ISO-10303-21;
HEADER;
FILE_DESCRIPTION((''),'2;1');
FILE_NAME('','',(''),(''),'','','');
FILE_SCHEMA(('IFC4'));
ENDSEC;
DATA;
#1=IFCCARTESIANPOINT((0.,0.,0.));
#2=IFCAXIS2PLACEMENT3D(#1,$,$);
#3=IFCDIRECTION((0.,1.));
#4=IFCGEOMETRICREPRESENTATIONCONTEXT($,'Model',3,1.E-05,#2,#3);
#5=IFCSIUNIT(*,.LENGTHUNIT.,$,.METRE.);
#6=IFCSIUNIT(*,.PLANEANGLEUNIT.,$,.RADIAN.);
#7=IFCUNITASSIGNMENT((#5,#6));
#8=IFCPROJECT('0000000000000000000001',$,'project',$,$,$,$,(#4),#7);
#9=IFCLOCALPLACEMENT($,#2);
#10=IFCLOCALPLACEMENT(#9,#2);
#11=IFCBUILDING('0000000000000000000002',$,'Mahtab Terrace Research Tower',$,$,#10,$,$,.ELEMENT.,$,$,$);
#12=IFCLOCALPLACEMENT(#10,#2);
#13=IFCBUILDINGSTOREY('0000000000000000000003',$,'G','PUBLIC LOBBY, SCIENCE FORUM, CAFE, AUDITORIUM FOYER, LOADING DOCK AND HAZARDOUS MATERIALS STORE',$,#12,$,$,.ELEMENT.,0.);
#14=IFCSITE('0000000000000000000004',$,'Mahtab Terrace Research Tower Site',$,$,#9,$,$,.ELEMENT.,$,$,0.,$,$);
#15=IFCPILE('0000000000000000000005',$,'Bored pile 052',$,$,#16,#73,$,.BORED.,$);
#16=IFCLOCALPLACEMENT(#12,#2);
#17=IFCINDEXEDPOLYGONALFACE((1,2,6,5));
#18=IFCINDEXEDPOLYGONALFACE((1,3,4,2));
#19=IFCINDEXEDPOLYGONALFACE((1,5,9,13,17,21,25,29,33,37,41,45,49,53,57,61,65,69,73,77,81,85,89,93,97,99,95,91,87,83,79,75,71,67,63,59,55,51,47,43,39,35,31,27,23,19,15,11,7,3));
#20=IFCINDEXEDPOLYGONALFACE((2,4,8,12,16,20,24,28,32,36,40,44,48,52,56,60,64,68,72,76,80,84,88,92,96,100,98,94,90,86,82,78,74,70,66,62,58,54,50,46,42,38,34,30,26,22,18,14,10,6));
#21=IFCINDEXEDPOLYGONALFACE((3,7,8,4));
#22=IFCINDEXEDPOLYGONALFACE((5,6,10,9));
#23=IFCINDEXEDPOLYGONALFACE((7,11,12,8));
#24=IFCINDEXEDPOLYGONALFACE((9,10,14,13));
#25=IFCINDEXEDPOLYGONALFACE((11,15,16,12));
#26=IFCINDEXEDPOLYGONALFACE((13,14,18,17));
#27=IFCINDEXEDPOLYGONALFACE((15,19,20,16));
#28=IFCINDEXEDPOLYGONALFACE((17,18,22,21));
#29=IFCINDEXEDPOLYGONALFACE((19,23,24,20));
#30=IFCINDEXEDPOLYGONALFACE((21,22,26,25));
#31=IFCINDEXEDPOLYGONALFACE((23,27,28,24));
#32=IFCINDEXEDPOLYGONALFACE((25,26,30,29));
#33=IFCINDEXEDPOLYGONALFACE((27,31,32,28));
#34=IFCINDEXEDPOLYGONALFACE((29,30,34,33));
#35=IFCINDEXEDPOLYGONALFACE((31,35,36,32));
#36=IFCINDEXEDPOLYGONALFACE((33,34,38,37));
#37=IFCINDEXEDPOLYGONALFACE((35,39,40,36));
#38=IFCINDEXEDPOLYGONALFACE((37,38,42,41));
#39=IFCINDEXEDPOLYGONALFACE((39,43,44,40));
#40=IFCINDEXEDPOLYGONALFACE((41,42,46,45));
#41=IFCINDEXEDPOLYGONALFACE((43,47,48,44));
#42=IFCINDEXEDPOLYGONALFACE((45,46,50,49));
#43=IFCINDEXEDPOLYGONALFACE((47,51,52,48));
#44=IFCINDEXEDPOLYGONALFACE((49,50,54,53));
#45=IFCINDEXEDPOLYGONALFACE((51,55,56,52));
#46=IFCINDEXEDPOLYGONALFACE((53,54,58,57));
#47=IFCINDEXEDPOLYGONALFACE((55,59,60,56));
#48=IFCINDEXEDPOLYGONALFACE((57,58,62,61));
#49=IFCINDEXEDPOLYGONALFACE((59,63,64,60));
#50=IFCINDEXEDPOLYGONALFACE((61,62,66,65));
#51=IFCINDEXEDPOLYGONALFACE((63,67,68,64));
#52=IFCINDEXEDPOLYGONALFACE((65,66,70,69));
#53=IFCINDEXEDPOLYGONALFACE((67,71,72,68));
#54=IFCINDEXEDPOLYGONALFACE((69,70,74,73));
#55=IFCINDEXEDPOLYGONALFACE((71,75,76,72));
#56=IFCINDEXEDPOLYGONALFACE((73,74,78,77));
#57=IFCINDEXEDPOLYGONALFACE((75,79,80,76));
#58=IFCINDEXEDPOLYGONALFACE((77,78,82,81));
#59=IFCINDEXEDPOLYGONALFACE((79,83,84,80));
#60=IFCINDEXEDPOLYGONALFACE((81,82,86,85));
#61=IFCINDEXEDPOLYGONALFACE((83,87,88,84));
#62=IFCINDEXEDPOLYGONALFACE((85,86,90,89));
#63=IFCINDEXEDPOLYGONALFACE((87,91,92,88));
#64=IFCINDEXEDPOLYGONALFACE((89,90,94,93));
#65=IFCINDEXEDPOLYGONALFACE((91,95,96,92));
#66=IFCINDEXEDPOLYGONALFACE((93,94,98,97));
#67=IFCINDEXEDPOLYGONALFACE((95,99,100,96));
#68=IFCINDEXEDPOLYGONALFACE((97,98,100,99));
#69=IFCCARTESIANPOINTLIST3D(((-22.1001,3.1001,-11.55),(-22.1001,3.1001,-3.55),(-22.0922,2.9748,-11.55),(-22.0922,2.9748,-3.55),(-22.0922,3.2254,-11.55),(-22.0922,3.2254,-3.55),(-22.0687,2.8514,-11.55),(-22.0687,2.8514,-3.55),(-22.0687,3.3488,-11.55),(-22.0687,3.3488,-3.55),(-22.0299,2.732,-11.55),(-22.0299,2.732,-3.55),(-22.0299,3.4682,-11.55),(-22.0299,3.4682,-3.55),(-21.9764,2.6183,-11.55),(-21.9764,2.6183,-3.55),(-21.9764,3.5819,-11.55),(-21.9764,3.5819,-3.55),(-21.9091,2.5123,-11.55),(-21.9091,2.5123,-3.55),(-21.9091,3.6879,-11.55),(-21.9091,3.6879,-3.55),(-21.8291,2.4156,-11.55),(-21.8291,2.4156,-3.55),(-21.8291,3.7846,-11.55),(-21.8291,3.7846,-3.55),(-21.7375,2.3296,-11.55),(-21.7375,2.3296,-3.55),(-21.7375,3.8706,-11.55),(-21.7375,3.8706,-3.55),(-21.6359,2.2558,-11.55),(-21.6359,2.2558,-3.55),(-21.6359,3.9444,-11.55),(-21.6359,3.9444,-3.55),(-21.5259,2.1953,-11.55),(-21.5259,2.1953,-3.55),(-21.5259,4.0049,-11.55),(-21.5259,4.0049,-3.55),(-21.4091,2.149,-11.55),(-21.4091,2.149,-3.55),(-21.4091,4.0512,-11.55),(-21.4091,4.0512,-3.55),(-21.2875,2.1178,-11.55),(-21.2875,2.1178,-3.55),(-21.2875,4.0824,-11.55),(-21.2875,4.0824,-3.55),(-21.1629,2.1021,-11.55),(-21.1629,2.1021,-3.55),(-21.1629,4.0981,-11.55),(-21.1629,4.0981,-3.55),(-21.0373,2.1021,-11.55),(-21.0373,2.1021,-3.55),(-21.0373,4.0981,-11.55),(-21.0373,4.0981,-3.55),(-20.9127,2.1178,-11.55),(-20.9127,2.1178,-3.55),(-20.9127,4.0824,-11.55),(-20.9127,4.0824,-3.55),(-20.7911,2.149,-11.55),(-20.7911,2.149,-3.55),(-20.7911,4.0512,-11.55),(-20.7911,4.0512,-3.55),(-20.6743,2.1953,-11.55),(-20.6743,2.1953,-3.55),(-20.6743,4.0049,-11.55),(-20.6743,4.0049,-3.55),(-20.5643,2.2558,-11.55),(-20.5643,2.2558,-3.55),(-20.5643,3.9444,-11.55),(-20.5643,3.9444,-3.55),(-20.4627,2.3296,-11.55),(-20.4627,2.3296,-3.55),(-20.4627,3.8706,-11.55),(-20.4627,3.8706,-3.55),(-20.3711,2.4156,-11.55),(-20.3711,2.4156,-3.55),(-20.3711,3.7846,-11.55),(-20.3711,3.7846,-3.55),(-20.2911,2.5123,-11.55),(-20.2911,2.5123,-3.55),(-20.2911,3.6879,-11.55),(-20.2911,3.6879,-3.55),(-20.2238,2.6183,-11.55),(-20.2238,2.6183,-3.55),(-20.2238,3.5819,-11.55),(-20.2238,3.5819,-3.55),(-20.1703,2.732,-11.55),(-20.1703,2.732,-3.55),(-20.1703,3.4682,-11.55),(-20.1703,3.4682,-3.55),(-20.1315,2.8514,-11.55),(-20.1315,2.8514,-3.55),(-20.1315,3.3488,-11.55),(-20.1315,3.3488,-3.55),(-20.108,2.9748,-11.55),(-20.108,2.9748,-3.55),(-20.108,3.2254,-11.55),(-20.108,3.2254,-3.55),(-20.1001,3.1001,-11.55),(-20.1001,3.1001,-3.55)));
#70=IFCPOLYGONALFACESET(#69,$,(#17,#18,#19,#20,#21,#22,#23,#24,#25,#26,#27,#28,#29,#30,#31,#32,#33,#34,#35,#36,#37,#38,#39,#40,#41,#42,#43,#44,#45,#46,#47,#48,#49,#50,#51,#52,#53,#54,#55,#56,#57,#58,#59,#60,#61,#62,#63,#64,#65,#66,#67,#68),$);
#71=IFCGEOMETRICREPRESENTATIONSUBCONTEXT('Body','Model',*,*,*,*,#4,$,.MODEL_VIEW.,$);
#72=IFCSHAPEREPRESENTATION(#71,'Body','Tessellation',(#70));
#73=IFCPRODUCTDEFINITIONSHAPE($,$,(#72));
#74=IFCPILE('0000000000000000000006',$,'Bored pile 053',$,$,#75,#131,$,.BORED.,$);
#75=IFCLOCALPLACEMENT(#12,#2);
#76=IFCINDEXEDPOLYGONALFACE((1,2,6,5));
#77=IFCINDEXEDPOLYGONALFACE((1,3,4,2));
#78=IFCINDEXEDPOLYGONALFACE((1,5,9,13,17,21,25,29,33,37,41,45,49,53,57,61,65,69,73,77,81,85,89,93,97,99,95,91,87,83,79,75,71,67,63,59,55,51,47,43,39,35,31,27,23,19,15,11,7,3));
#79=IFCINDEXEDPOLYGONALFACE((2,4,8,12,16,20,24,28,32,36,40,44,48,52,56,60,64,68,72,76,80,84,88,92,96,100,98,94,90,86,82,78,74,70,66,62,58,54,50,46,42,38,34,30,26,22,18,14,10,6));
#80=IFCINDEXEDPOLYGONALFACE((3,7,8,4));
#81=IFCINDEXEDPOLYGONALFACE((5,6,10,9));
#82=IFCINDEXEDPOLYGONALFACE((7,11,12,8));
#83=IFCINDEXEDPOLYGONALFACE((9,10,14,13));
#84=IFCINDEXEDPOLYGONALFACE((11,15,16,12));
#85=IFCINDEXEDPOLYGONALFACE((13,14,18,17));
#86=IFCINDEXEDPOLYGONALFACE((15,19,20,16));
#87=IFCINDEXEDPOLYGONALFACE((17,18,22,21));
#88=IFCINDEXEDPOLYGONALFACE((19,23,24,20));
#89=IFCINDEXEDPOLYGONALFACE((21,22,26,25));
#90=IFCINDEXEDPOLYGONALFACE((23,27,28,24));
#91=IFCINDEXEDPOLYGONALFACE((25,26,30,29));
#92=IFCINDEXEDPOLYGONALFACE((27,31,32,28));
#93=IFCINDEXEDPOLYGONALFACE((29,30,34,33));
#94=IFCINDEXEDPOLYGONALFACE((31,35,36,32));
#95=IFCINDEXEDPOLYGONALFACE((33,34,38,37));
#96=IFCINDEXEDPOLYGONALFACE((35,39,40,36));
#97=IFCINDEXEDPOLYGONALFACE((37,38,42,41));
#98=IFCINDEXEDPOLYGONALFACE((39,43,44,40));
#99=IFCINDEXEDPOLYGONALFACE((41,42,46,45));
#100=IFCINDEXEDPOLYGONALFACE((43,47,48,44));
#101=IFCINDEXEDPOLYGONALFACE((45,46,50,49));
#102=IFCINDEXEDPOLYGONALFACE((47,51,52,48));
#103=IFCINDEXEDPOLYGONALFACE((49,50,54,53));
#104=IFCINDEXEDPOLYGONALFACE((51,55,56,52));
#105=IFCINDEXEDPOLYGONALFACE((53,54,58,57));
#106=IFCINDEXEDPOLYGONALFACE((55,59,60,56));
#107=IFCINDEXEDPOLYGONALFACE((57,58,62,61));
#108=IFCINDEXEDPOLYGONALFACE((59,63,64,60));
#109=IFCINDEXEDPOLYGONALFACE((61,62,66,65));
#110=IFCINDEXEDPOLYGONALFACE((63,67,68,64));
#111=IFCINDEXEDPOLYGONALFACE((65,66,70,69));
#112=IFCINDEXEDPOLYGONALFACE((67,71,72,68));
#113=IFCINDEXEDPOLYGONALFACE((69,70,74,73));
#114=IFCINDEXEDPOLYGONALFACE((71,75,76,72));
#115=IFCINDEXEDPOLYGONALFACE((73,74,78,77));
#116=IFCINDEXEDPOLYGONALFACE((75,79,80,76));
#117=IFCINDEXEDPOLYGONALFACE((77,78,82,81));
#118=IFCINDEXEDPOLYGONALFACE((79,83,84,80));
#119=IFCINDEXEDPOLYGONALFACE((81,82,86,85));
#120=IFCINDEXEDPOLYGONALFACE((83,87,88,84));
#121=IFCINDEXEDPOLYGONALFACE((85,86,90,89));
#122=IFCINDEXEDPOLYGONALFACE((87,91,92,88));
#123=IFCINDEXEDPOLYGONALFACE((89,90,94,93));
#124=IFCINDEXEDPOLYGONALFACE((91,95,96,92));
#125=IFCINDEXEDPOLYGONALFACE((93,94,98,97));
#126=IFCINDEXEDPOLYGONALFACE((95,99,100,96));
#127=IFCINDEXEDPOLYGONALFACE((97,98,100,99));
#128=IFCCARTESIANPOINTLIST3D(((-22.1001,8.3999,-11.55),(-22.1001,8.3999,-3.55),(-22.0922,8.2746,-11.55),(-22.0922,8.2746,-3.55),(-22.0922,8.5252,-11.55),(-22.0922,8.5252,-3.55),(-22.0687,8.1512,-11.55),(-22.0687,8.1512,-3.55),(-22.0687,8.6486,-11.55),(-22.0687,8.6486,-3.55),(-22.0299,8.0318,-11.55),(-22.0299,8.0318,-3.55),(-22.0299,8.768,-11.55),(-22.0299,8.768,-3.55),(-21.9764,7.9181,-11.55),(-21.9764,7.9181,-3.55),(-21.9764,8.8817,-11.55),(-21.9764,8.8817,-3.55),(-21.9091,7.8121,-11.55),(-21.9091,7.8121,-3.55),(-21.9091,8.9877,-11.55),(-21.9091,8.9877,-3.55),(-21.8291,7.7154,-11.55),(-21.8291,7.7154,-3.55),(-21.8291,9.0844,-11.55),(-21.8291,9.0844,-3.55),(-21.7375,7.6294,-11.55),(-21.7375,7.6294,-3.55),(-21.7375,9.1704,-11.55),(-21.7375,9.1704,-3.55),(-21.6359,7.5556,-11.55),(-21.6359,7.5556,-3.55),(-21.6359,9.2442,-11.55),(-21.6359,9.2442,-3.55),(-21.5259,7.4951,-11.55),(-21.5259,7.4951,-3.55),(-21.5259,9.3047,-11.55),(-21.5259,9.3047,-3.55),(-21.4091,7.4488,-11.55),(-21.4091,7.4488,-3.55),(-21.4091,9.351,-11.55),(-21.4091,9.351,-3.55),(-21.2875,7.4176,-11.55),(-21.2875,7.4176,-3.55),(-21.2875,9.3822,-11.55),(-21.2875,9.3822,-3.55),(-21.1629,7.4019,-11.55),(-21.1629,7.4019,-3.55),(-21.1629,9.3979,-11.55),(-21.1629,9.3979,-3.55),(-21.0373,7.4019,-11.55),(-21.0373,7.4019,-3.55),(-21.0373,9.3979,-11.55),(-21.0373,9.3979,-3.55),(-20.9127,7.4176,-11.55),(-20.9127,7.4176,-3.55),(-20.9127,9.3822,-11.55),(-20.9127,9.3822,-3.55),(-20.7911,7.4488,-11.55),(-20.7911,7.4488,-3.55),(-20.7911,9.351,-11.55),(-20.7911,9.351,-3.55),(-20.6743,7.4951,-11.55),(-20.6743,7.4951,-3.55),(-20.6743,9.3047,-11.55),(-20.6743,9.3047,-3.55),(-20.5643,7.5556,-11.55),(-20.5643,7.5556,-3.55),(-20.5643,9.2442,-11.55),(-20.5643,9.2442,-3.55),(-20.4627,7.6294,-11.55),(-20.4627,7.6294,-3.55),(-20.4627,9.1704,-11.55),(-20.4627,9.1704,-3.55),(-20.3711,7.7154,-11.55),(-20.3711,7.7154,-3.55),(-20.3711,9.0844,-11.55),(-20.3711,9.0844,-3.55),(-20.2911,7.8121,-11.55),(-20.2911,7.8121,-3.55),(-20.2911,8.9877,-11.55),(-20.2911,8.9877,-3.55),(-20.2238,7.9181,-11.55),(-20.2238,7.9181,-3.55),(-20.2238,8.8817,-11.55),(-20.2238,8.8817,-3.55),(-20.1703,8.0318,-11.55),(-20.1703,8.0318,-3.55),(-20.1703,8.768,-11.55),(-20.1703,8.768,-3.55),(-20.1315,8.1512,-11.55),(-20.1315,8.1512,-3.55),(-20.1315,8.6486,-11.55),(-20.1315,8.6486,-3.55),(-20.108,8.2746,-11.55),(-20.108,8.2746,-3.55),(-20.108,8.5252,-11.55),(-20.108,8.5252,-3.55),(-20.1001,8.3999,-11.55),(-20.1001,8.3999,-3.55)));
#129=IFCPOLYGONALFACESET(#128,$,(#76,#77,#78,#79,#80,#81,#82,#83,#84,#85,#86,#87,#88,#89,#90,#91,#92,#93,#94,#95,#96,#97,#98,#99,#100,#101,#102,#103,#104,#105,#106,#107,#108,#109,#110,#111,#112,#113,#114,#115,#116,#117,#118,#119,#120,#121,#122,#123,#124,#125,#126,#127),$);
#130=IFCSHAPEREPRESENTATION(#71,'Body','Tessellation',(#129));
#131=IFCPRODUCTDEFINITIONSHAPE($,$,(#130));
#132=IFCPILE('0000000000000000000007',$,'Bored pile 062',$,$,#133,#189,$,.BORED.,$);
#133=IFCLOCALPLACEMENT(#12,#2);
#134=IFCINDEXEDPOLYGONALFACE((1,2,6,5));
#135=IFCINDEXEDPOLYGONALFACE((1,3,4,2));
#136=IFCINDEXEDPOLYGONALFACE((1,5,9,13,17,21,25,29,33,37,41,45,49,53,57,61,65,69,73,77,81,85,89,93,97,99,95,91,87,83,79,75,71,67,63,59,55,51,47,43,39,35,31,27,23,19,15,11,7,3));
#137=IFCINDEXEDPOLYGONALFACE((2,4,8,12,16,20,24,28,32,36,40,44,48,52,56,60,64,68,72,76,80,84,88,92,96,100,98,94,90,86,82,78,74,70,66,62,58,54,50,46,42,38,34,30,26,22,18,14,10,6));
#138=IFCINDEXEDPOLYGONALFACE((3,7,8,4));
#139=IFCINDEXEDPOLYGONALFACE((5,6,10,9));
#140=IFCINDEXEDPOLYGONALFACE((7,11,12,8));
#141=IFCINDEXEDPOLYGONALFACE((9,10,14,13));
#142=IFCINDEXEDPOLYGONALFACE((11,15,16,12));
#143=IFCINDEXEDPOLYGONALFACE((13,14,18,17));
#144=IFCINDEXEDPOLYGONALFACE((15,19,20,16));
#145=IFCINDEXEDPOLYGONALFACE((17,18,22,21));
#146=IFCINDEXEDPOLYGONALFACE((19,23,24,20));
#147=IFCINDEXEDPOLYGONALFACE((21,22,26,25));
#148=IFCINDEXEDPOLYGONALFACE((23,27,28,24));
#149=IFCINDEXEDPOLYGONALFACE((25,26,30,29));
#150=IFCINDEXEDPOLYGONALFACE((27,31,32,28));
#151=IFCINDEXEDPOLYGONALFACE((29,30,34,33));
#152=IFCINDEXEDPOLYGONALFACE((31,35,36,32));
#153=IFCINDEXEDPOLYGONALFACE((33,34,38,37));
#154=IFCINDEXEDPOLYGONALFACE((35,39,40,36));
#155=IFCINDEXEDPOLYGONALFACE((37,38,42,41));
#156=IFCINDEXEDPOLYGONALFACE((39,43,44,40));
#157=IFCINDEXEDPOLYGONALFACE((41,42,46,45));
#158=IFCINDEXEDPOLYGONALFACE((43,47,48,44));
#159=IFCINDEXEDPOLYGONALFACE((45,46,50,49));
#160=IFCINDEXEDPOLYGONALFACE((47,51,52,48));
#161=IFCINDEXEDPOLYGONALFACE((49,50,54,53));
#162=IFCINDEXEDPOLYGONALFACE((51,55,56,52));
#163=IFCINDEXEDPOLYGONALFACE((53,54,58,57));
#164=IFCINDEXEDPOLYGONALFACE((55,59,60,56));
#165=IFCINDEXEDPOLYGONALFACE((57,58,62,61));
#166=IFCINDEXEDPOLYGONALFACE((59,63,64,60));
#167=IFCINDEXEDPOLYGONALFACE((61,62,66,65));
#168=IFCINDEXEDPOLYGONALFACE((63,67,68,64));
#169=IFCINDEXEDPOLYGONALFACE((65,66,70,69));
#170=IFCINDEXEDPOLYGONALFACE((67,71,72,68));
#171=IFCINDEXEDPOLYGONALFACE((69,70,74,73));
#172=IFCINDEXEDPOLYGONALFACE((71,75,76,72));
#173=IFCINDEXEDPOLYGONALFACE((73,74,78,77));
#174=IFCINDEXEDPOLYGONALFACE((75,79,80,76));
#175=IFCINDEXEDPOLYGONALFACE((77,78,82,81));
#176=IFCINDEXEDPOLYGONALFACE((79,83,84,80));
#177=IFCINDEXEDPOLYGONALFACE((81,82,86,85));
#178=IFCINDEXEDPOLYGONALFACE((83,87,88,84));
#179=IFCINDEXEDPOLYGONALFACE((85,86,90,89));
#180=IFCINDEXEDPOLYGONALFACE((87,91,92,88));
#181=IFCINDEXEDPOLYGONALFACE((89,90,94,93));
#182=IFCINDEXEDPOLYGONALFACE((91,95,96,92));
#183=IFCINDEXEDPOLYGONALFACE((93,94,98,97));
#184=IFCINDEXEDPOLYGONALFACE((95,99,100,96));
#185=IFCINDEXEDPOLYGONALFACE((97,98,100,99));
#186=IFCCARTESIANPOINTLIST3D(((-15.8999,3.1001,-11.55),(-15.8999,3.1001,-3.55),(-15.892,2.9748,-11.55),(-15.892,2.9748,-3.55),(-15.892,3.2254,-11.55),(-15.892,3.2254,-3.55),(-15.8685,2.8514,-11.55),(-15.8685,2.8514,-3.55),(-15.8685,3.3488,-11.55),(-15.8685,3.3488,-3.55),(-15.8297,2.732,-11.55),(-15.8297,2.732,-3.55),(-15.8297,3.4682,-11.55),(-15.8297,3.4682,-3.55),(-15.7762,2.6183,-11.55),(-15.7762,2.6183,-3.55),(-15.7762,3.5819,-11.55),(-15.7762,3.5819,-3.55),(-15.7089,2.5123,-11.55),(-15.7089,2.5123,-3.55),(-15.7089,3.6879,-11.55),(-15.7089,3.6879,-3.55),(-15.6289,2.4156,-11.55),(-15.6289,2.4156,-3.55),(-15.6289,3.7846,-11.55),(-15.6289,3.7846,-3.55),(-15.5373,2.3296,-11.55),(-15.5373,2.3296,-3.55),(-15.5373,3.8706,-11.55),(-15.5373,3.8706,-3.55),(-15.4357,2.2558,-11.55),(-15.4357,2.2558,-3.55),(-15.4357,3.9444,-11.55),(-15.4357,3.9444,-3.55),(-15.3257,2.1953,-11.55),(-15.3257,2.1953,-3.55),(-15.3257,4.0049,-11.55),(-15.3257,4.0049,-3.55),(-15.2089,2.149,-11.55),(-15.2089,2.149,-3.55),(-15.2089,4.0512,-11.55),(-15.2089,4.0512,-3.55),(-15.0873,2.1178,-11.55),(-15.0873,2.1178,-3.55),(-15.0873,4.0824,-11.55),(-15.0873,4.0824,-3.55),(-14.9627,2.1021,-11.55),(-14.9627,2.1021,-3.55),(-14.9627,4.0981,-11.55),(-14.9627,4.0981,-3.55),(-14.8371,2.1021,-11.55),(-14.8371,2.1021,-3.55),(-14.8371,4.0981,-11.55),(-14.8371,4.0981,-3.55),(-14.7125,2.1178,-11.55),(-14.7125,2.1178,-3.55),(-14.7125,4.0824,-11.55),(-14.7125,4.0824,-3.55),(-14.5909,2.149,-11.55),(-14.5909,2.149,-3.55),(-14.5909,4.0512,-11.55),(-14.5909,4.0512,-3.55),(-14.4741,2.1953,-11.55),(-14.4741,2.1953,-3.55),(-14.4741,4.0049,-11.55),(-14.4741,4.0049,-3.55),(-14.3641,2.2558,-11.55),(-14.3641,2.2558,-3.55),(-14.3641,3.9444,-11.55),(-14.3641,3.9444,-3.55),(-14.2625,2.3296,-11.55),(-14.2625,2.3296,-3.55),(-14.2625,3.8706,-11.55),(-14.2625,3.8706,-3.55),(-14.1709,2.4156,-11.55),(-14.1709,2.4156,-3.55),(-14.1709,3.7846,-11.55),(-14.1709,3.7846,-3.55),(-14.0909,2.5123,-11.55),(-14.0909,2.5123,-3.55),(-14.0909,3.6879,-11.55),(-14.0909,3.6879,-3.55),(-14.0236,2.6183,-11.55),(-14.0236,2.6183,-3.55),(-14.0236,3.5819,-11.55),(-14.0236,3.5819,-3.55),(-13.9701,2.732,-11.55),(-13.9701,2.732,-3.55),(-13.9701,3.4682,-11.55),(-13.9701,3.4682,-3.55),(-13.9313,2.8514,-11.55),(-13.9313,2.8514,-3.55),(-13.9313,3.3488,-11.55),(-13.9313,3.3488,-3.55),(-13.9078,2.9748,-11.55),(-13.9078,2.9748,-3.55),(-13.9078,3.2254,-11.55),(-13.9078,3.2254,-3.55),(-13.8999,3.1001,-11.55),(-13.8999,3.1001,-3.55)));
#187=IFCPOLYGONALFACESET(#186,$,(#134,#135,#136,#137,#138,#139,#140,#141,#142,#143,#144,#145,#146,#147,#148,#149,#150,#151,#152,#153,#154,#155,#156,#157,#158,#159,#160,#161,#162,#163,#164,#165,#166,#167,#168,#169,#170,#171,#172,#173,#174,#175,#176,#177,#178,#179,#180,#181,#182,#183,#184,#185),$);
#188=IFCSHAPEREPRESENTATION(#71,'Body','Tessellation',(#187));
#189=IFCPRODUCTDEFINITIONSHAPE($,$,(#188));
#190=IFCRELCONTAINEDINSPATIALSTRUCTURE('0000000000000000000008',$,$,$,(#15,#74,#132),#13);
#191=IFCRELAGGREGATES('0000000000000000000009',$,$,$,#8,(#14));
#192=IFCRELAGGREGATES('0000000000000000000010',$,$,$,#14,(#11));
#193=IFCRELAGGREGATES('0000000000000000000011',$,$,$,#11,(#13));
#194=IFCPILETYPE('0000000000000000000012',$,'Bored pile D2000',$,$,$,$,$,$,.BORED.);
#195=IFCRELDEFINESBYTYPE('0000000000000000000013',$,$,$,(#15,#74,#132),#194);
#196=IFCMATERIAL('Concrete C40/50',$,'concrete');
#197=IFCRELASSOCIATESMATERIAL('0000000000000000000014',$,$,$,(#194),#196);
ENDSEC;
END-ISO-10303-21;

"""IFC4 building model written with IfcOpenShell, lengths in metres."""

from ifc_helpers import new_model, si_unit, direction, frame, origin, origin_2d, place, context, subcontext, project, spatial, circle, extrude, material, material_profile, profile_set, type_object, element, save


model = new_model("IFC4")

# Units and contexts
model_context = context("Model", 3, precision=1e-05, world=origin(), true_north=direction((0.0, 1.0)))
body_context = subcontext(model_context, "Body", "Model", "MODEL_VIEW")
ifc_project = project(units=[si_unit("LENGTHUNIT", "METRE"), si_unit("PLANEANGLEUNIT", "RADIAN")], contexts=[model_context])

# Site, building, storey
site_placement = place(None, origin())
site = spatial("IfcSite", under=ifc_project, at=site_placement, Name="Mahtab Terrace Research Tower Site", CompositionType="ELEMENT", RefElevation=0.0)
building_placement = place(site_placement, origin())
building = spatial("IfcBuilding", under=site, at=building_placement, Name="Mahtab Terrace Research Tower", CompositionType="ELEMENT")
storey_placement = place(building_placement, origin())
storey = spatial("IfcBuildingStorey", under=building, at=storey_placement, Name="G", Description="PUBLIC LOBBY, SCIENCE FORUM, CAFE, AUDITORIUM FOYER, LOADING DOCK AND HAZARDOUS MATERIALS STORE", CompositionType="ELEMENT", Elevation=0.0)

# Piles
ifc_material_1 = material(Name="Concrete C40/50", Category="concrete")
ifc_material_profile_1 = material_profile(ifc_material_1, circle(Radius=1.0, at=origin_2d()), Name="Bored pile D2000")
ifc_profile_set_1 = profile_set([ifc_material_profile_1], Name="Concrete C40/50")
pile_type = type_object("IfcPileType", Name="Bored pile D2000", PredefinedType="BORED", material=ifc_profile_set_1)
for number, where, z_axis, x_axis, name in (
    (1, (-21.1001, 3.1001, -3.55), (0.0, 0.0, -1.0), (1.0, 0.0, 0.0), "Bored pile 052"),
    (2, (-21.1001, 8.3999, -3.55), (0.0, 0.0, -1.0), (1.0, 0.0, 0.0), "Bored pile 053"),
    (3, (-14.8999, 3.1001, -3.55), (0.0, 0.0, -1.0), (1.0, 0.0, 0.0), "Bored pile 062"),
):
    element("IfcPile", number, at=place(storey_placement, frame(where, z_axis=z_axis, x_axis=x_axis)), inside=storey, type_object=pile_type, Name=name, PredefinedType="BORED", context=body_context, shape_type="SweptSolid", body=[
        extrude(circle(Radius=1.0, at=origin_2d()), origin(), (0.0, 0.0, 1.0), 8.0),
    ])

save(model, "model.ifc")
